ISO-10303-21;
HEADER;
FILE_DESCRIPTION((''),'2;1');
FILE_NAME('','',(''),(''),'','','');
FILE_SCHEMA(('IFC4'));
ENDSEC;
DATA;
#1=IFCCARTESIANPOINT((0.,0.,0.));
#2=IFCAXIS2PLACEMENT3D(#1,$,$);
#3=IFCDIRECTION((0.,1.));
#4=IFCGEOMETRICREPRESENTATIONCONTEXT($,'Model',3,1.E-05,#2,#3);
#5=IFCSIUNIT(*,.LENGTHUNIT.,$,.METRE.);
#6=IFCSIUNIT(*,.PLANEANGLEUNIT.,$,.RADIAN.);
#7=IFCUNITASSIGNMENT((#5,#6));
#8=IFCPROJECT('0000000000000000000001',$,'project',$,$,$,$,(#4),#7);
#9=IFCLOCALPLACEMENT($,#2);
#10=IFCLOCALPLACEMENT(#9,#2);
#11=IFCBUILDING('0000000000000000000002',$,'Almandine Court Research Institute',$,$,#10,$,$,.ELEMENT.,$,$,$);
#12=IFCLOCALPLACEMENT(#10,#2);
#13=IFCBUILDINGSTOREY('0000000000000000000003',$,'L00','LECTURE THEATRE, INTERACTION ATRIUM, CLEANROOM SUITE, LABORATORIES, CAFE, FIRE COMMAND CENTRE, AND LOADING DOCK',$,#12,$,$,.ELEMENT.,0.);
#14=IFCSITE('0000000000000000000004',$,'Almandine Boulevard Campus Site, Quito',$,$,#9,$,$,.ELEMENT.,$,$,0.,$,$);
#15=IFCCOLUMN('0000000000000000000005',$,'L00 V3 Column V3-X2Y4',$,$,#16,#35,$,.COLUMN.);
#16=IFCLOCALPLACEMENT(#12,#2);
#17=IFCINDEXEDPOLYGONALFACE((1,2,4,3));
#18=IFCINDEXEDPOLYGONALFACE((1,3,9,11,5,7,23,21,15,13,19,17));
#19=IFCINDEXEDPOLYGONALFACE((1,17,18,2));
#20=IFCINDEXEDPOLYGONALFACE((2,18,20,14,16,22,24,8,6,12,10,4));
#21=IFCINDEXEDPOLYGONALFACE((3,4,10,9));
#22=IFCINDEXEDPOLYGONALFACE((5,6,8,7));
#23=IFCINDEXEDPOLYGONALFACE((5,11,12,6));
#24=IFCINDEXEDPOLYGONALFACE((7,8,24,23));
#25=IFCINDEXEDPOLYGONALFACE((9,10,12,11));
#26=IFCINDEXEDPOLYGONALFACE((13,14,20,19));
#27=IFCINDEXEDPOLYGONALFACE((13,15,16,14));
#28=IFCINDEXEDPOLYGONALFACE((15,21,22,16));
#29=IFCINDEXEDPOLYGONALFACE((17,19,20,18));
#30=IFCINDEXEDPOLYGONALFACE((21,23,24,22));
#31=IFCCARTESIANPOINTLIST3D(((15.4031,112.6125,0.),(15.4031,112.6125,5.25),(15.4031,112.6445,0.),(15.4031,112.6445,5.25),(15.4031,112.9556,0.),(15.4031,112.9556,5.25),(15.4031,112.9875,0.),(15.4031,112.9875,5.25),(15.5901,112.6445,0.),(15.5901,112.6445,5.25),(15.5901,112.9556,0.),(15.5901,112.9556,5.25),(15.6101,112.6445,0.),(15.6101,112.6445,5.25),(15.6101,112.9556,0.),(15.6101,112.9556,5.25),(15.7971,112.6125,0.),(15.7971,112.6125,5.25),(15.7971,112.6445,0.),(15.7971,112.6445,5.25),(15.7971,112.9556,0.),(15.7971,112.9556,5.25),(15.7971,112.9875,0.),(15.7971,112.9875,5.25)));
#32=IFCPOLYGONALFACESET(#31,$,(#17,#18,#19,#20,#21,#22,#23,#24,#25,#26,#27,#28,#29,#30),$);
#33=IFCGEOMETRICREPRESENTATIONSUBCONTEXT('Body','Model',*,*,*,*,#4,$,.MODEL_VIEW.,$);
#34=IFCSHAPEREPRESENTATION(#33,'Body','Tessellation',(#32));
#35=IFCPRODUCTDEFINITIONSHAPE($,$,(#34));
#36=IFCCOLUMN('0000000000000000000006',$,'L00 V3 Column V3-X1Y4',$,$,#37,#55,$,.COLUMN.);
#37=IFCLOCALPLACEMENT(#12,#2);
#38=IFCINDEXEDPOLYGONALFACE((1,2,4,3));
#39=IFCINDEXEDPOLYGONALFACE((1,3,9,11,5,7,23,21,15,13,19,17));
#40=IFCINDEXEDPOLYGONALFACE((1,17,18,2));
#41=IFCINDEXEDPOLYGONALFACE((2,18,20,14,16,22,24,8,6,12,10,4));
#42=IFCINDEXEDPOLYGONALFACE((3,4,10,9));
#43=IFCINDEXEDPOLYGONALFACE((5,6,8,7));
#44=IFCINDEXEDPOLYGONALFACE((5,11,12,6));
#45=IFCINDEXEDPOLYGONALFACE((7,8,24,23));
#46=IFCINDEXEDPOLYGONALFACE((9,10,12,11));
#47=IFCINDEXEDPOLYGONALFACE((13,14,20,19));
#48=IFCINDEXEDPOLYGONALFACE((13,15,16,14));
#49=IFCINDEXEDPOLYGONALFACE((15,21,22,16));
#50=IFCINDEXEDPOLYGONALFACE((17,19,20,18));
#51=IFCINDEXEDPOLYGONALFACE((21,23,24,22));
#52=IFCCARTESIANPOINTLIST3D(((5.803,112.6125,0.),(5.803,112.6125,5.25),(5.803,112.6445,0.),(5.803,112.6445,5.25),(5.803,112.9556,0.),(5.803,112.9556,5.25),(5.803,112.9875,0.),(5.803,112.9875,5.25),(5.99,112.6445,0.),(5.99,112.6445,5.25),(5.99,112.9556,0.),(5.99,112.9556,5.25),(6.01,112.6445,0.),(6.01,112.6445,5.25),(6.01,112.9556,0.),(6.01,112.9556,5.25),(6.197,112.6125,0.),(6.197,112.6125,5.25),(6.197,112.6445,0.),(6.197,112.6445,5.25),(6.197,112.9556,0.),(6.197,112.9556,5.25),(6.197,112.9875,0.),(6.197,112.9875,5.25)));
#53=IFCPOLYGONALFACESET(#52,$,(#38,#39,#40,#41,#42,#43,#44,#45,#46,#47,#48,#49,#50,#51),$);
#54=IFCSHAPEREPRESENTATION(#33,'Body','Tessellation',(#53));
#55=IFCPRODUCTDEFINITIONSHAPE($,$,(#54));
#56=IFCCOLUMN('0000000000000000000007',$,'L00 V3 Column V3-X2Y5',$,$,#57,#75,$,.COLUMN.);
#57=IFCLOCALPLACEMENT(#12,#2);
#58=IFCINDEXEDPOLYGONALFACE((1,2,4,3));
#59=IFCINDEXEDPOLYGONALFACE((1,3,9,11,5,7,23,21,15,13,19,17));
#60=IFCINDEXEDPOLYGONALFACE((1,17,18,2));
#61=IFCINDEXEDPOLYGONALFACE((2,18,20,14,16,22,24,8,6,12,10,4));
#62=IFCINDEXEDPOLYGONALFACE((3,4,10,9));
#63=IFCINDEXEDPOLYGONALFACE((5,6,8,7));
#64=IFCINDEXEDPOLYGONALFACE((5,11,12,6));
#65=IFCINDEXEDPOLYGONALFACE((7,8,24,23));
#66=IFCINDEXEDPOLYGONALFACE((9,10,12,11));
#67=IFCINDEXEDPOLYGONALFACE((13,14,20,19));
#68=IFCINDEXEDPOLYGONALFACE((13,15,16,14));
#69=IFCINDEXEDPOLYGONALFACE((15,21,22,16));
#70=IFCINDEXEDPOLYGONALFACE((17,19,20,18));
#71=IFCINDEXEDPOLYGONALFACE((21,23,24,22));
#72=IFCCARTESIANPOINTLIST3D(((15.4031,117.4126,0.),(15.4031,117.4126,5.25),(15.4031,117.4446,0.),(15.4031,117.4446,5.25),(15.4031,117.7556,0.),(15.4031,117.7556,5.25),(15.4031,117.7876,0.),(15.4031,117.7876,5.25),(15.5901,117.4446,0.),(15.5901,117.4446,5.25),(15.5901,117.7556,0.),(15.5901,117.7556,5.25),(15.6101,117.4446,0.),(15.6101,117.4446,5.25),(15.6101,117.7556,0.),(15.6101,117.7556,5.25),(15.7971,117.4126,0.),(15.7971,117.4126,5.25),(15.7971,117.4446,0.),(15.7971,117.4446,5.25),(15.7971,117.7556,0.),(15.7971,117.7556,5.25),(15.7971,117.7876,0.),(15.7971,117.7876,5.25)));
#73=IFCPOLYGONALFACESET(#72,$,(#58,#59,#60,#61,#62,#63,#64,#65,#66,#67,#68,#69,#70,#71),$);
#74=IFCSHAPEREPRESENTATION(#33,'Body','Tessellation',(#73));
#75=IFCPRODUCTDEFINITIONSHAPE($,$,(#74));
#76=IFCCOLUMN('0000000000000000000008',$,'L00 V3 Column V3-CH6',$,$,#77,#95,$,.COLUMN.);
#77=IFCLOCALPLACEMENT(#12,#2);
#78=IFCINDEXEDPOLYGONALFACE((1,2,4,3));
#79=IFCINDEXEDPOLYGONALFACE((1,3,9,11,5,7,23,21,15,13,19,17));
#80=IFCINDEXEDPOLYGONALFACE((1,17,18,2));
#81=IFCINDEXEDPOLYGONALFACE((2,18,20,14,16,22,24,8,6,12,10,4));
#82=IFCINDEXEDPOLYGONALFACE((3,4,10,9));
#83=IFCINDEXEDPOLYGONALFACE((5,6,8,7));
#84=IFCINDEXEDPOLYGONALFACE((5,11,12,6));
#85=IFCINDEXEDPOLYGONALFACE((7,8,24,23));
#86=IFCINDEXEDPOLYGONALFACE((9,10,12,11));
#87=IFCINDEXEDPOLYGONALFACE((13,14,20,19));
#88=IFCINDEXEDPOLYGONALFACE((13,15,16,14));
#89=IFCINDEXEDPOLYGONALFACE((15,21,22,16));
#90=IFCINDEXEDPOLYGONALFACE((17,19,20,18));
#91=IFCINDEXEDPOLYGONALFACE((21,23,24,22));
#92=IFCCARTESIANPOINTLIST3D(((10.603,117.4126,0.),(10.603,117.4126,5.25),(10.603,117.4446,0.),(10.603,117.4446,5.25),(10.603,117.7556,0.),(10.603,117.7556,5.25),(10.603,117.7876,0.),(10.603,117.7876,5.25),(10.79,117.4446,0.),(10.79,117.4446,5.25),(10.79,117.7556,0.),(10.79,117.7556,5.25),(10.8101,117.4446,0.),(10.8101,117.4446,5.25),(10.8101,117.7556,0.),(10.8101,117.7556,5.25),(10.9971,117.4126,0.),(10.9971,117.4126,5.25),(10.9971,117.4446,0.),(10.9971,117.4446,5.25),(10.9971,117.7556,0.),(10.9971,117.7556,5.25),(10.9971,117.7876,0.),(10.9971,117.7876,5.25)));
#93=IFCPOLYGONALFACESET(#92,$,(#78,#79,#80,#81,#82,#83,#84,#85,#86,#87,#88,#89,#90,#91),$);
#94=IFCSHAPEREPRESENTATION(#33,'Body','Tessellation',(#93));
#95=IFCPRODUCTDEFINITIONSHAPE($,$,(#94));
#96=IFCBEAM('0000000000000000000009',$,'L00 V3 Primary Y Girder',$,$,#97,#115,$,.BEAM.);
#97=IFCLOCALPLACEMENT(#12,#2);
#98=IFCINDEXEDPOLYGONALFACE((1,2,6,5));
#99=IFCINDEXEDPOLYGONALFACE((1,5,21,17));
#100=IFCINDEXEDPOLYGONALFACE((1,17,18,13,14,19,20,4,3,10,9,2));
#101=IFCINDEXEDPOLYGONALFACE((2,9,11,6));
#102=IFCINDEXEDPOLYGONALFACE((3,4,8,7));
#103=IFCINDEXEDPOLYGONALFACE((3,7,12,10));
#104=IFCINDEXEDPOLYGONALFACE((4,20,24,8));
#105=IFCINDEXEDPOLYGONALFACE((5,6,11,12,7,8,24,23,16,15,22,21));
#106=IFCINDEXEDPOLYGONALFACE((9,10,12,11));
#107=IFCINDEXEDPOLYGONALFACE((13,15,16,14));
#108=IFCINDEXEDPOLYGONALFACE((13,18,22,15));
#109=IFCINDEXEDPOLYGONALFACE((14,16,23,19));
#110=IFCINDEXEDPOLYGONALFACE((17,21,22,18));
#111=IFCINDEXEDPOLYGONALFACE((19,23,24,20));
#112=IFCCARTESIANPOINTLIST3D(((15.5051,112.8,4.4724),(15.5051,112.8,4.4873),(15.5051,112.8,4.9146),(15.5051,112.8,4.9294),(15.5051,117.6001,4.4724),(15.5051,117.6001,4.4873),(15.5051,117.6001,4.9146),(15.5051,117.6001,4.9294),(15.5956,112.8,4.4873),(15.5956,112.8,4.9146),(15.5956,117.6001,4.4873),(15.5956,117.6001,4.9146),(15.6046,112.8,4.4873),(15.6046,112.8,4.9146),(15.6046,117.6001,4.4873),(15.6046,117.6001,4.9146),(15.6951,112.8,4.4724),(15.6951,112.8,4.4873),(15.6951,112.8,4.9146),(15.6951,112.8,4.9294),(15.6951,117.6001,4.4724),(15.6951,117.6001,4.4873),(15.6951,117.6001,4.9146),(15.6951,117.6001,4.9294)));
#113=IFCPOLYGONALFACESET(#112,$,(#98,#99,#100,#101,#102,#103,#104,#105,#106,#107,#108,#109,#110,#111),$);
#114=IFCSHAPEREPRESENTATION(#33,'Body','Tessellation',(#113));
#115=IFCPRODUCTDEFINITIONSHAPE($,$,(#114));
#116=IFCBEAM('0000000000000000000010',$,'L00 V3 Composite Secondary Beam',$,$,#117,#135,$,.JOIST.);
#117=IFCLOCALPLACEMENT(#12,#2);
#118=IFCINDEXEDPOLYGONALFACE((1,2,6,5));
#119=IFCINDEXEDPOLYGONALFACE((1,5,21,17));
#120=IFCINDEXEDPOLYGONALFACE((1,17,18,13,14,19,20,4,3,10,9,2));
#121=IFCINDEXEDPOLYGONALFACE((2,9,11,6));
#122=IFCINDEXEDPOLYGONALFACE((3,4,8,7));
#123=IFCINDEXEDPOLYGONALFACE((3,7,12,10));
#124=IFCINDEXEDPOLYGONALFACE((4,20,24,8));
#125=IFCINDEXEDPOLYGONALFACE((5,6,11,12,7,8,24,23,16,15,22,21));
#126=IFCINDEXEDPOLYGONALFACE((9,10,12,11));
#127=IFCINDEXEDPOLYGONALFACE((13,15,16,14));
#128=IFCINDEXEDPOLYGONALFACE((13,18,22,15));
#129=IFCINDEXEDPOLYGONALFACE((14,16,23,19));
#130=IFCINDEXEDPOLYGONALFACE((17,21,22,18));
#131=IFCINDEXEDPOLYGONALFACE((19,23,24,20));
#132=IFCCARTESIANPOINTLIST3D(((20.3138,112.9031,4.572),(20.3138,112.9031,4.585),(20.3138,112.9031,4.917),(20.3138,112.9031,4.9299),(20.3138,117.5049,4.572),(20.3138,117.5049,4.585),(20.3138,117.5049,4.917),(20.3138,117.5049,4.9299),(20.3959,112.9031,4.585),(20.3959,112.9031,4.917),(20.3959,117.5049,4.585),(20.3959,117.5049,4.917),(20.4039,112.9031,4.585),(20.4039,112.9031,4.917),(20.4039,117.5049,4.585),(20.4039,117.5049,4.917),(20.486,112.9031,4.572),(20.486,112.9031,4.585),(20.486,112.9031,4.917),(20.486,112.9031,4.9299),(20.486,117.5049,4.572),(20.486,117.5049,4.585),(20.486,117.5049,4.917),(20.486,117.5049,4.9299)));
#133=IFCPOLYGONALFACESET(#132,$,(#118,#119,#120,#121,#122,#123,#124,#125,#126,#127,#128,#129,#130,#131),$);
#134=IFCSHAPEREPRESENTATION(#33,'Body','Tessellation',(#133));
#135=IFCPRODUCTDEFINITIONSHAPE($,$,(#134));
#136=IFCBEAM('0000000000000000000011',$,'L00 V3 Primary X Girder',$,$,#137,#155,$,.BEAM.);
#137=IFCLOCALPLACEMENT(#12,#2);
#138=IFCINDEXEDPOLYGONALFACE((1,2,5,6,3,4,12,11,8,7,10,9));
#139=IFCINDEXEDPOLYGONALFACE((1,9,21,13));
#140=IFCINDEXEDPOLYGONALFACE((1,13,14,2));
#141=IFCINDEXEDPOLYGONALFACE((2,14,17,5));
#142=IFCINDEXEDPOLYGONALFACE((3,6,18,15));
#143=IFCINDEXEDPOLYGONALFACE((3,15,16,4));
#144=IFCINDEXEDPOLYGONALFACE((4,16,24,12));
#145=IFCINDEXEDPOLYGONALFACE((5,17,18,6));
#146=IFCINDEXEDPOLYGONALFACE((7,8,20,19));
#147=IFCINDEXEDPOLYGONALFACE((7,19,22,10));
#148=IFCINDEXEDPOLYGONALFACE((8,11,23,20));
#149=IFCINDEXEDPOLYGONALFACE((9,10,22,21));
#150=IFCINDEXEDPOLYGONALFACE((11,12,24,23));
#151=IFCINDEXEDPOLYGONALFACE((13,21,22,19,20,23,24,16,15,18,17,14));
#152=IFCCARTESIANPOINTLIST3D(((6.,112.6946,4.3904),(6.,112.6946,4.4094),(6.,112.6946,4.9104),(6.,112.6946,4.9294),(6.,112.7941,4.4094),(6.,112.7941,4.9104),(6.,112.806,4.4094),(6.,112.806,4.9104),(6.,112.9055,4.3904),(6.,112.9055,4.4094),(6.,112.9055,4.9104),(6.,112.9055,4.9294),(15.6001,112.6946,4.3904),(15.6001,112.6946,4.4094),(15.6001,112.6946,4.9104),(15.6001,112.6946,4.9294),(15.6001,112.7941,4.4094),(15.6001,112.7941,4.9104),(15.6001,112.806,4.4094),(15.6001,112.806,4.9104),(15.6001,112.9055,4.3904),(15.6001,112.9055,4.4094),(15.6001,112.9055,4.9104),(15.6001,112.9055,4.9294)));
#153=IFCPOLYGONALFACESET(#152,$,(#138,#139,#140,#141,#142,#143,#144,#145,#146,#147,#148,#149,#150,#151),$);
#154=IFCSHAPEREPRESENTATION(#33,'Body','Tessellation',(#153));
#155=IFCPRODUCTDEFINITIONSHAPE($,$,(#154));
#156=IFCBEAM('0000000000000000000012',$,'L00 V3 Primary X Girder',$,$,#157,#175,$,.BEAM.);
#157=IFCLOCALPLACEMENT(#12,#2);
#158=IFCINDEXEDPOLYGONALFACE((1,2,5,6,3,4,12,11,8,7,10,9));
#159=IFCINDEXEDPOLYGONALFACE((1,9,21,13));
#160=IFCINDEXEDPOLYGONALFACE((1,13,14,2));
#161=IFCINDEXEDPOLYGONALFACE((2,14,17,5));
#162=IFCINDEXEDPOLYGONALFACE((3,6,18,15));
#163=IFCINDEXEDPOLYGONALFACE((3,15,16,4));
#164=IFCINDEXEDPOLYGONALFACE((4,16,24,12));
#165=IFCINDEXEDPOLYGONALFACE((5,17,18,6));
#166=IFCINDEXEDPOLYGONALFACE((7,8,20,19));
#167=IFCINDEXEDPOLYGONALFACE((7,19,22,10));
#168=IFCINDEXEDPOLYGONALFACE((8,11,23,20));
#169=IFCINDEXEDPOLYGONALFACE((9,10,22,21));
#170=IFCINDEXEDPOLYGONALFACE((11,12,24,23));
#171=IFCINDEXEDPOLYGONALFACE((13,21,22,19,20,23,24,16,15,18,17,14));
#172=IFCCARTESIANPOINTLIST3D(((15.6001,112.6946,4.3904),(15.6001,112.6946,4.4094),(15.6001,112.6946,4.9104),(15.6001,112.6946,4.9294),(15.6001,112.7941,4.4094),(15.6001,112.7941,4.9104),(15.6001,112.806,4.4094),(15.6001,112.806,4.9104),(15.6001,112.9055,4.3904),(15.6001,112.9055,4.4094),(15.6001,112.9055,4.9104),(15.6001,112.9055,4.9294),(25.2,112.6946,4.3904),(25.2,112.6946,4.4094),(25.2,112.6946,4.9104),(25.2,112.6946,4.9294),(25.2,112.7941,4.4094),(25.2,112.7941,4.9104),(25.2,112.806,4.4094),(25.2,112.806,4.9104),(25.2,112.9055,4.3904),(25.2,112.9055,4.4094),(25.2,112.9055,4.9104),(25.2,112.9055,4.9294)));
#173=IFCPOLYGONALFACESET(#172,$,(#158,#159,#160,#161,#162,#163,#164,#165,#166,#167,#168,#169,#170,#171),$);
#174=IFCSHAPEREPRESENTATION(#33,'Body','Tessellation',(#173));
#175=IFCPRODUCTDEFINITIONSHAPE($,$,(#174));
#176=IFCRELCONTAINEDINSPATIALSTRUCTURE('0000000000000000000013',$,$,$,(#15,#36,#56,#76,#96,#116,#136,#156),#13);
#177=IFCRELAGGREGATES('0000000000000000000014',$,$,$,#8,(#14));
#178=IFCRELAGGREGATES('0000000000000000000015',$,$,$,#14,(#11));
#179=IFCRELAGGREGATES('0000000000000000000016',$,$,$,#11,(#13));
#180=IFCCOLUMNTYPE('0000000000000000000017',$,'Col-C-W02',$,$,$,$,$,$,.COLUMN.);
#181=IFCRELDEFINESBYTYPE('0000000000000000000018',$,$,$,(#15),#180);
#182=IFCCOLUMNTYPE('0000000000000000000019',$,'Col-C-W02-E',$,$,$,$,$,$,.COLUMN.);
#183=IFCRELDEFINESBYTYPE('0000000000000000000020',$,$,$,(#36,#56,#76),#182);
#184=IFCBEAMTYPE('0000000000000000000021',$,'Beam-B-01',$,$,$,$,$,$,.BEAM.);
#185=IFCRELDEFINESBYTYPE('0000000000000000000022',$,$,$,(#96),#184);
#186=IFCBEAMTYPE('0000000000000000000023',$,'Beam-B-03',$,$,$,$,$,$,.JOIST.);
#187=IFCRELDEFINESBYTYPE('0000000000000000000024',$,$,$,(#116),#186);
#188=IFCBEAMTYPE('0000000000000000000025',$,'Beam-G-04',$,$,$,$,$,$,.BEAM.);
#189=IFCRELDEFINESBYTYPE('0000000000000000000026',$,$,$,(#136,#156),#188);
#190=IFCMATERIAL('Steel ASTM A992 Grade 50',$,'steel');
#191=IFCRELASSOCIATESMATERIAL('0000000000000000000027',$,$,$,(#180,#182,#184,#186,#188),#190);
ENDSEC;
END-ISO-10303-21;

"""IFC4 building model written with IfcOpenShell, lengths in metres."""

from ifc_helpers import new_model, si_unit, direction, frame, origin, origin_2d, place, context, subcontext, project, spatial, i_section, extrude, material, material_profile, profile_set, type_object, element, save


model = new_model("IFC4")

# Units and contexts
model_context = context("Model", 3, precision=1e-05, world=origin(), true_north=direction((0.0, 1.0)))
body_context = subcontext(model_context, "Body", "Model", "MODEL_VIEW")
ifc_project = project(units=[si_unit("LENGTHUNIT", "METRE"), si_unit("PLANEANGLEUNIT", "RADIAN")], contexts=[model_context])

# Site, building, storey
site_placement = place(None, origin())
site = spatial("IfcSite", under=ifc_project, at=site_placement, Name="Almandine Boulevard Campus Site, Quito", CompositionType="ELEMENT", RefElevation=0.0)
building_placement = place(site_placement, origin())
building = spatial("IfcBuilding", under=site, at=building_placement, Name="Almandine Court Research Institute", CompositionType="ELEMENT")
storey_placement = place(building_placement, origin())
storey = spatial("IfcBuildingStorey", under=building, at=storey_placement, Name="L00", Description="LECTURE THEATRE, INTERACTION ATRIUM, CLEANROOM SUITE, LABORATORIES, CAFE, FIRE COMMAND CENTRE, AND LOADING DOCK", CompositionType="ELEMENT", Elevation=0.0)

# Columns
ifc_material_1 = material(Name="Steel ASTM A992 Grade 50", Category="steel")
ifc_material_profile_1 = material_profile(ifc_material_1, i_section(OverallWidth=0.394, OverallDepth=0.375, WebThickness=0.02, FlangeThickness=0.032, at=origin_2d()), Name="W360x216")
ifc_profile_set_1 = profile_set([ifc_material_profile_1], Name="Steel ASTM A992 Grade 50")
column_type_1 = type_object("IfcColumnType", Name="Col-C-W02", PredefinedType="COLUMN", material=ifc_profile_set_1)
column_placement = place(storey_placement, frame((15.6001, 112.8, 0.0), z_axis=(0.0, 0.0, 1.0), x_axis=(1.0, 0.0, 0.0)))
element("IfcColumn", 1, at=column_placement, inside=storey, type_object=column_type_1, Name="L00 V3 Column V3-X2Y4", PredefinedType="COLUMN", context=body_context, shape_type="SweptSolid", body=[
    extrude(i_section(OverallWidth=0.394, OverallDepth=0.375, WebThickness=0.02, FlangeThickness=0.032, at=origin_2d()), origin(), (0.0, 0.0, 1.0), 5.25),
])
ifc_material_profile_2 = material_profile(ifc_material_1, i_section(OverallWidth=0.394, OverallDepth=0.375, WebThickness=0.02, FlangeThickness=0.032, at=origin_2d()), Name="W360x216")
ifc_profile_set_2 = profile_set([ifc_material_profile_2], Name="Steel ASTM A992 Grade 50")
column_type_2 = type_object("IfcColumnType", Name="Col-C-W02-E", PredefinedType="COLUMN", material=ifc_profile_set_2)
for number, where, z_axis, x_axis, name in (
    (2, (6.0, 112.8, 0.0), (0.0, 0.0, 1.0), (1.0, 0.0, 0.0), "L00 V3 Column V3-X1Y4"),
    (3, (15.6001, 117.6001, 0.0), (0.0, 0.0, 1.0), (1.0, 0.0, 0.0), "L00 V3 Column V3-X2Y5"),
    (4, (10.8, 117.6001, 0.0), (0.0, 0.0, 1.0), (1.0, 0.0, 0.0), "L00 V3 Column V3-CH6"),
):
    element("IfcColumn", number, at=place(storey_placement, frame(where, z_axis=z_axis, x_axis=x_axis)), inside=storey, type_object=column_type_2, Name=name, PredefinedType="COLUMN", context=body_context, shape_type="SweptSolid", body=[
        extrude(i_section(OverallWidth=0.394, OverallDepth=0.375, WebThickness=0.02, FlangeThickness=0.032, at=origin_2d()), origin(), (0.0, 0.0, 1.0), 5.25),
    ])

# Beams
ifc_material_profile_3 = material_profile(ifc_material_1, i_section(OverallWidth=0.1899, OverallDepth=0.457, WebThickness=0.009, FlangeThickness=0.0149, at=origin_2d()), Name="W460x74")
ifc_profile_set_3 = profile_set([ifc_material_profile_3], Name="Steel ASTM A992 Grade 50")
beam_type_1 = type_object("IfcBeamType", Name="Beam-B-01", PredefinedType="BEAM", material=ifc_profile_set_3)
beam_1_placement = place(storey_placement, frame((15.6001, 112.8, 4.7009), z_axis=(0.0, 1.0, 0.0), x_axis=(-1.0, 0.0, 0.0)))
element("IfcBeam", 5, at=beam_1_placement, inside=storey, type_object=beam_type_1, Name="L00 V3 Primary Y Girder", PredefinedType="BEAM", context=body_context, shape_type="SweptSolid", body=[
    extrude(i_section(OverallWidth=0.1899, OverallDepth=0.457, WebThickness=0.009, FlangeThickness=0.0149, at=origin_2d()), origin(), (0.0, 0.0, 1.0), 4.8),
])
ifc_material_profile_4 = material_profile(ifc_material_1, i_section(OverallWidth=0.1721, OverallDepth=0.3579, WebThickness=0.0081, FlangeThickness=0.0129, at=origin_2d()), Name="W360x57")
ifc_profile_set_4 = profile_set([ifc_material_profile_4], Name="Steel ASTM A992 Grade 50")
beam_type_2 = type_object("IfcBeamType", Name="Beam-B-03", PredefinedType="JOIST", material=ifc_profile_set_4)
beam_2_placement = place(storey_placement, frame((20.3999, 112.9031, 4.751), z_axis=(0.0, 1.0, 0.0), x_axis=(-1.0, 0.0, 0.0)))
element("IfcBeam", 6, at=beam_2_placement, inside=storey, type_object=beam_type_2, Name="L00 V3 Composite Secondary Beam", PredefinedType="JOIST", context=body_context, shape_type="SweptSolid", body=[
    extrude(i_section(OverallWidth=0.1721, OverallDepth=0.3579, WebThickness=0.0081, FlangeThickness=0.0129, at=origin_2d()), origin(), (0.0, 0.0, 1.0), 4.6018),
])
ifc_material_profile_5 = material_profile(ifc_material_1, i_section(OverallWidth=0.2109, OverallDepth=0.5391, WebThickness=0.012, FlangeThickness=0.019, at=origin_2d()), Name="W530x109")
ifc_profile_set_5 = profile_set([ifc_material_profile_5], Name="Steel ASTM A992 Grade 50")
beam_type_3 = type_object("IfcBeamType", Name="Beam-G-04", PredefinedType="BEAM", material=ifc_profile_set_5)
beam_3_placement = place(storey_placement, frame((6.0, 112.8, 4.6599), z_axis=(1.0, 0.0, 0.0), x_axis=(0.0, 1.0, 0.0)))
element("IfcBeam", 7, at=beam_3_placement, inside=storey, type_object=beam_type_3, Name="L00 V3 Primary X Girder", PredefinedType="BEAM", context=body_context, shape_type="SweptSolid", body=[
    extrude(i_section(OverallWidth=0.2109, OverallDepth=0.5391, WebThickness=0.012, FlangeThickness=0.019, at=origin_2d()), origin(), (0.0, 0.0, 1.0), 9.6001),
])
beam_4_placement = place(storey_placement, frame((15.6001, 112.8, 4.6599), z_axis=(1.0, 0.0, 0.0), x_axis=(0.0, 1.0, 0.0)))
element("IfcBeam", 8, at=beam_4_placement, inside=storey, type_object=beam_type_3, Name="L00 V3 Primary X Girder", PredefinedType="BEAM", context=body_context, shape_type="SweptSolid", body=[
    extrude(i_section(OverallWidth=0.2109, OverallDepth=0.5391, WebThickness=0.012, FlangeThickness=0.019, at=origin_2d()), origin(), (0.0, 0.0, 1.0), 9.5999),
])

save(model, "model.ifc")
